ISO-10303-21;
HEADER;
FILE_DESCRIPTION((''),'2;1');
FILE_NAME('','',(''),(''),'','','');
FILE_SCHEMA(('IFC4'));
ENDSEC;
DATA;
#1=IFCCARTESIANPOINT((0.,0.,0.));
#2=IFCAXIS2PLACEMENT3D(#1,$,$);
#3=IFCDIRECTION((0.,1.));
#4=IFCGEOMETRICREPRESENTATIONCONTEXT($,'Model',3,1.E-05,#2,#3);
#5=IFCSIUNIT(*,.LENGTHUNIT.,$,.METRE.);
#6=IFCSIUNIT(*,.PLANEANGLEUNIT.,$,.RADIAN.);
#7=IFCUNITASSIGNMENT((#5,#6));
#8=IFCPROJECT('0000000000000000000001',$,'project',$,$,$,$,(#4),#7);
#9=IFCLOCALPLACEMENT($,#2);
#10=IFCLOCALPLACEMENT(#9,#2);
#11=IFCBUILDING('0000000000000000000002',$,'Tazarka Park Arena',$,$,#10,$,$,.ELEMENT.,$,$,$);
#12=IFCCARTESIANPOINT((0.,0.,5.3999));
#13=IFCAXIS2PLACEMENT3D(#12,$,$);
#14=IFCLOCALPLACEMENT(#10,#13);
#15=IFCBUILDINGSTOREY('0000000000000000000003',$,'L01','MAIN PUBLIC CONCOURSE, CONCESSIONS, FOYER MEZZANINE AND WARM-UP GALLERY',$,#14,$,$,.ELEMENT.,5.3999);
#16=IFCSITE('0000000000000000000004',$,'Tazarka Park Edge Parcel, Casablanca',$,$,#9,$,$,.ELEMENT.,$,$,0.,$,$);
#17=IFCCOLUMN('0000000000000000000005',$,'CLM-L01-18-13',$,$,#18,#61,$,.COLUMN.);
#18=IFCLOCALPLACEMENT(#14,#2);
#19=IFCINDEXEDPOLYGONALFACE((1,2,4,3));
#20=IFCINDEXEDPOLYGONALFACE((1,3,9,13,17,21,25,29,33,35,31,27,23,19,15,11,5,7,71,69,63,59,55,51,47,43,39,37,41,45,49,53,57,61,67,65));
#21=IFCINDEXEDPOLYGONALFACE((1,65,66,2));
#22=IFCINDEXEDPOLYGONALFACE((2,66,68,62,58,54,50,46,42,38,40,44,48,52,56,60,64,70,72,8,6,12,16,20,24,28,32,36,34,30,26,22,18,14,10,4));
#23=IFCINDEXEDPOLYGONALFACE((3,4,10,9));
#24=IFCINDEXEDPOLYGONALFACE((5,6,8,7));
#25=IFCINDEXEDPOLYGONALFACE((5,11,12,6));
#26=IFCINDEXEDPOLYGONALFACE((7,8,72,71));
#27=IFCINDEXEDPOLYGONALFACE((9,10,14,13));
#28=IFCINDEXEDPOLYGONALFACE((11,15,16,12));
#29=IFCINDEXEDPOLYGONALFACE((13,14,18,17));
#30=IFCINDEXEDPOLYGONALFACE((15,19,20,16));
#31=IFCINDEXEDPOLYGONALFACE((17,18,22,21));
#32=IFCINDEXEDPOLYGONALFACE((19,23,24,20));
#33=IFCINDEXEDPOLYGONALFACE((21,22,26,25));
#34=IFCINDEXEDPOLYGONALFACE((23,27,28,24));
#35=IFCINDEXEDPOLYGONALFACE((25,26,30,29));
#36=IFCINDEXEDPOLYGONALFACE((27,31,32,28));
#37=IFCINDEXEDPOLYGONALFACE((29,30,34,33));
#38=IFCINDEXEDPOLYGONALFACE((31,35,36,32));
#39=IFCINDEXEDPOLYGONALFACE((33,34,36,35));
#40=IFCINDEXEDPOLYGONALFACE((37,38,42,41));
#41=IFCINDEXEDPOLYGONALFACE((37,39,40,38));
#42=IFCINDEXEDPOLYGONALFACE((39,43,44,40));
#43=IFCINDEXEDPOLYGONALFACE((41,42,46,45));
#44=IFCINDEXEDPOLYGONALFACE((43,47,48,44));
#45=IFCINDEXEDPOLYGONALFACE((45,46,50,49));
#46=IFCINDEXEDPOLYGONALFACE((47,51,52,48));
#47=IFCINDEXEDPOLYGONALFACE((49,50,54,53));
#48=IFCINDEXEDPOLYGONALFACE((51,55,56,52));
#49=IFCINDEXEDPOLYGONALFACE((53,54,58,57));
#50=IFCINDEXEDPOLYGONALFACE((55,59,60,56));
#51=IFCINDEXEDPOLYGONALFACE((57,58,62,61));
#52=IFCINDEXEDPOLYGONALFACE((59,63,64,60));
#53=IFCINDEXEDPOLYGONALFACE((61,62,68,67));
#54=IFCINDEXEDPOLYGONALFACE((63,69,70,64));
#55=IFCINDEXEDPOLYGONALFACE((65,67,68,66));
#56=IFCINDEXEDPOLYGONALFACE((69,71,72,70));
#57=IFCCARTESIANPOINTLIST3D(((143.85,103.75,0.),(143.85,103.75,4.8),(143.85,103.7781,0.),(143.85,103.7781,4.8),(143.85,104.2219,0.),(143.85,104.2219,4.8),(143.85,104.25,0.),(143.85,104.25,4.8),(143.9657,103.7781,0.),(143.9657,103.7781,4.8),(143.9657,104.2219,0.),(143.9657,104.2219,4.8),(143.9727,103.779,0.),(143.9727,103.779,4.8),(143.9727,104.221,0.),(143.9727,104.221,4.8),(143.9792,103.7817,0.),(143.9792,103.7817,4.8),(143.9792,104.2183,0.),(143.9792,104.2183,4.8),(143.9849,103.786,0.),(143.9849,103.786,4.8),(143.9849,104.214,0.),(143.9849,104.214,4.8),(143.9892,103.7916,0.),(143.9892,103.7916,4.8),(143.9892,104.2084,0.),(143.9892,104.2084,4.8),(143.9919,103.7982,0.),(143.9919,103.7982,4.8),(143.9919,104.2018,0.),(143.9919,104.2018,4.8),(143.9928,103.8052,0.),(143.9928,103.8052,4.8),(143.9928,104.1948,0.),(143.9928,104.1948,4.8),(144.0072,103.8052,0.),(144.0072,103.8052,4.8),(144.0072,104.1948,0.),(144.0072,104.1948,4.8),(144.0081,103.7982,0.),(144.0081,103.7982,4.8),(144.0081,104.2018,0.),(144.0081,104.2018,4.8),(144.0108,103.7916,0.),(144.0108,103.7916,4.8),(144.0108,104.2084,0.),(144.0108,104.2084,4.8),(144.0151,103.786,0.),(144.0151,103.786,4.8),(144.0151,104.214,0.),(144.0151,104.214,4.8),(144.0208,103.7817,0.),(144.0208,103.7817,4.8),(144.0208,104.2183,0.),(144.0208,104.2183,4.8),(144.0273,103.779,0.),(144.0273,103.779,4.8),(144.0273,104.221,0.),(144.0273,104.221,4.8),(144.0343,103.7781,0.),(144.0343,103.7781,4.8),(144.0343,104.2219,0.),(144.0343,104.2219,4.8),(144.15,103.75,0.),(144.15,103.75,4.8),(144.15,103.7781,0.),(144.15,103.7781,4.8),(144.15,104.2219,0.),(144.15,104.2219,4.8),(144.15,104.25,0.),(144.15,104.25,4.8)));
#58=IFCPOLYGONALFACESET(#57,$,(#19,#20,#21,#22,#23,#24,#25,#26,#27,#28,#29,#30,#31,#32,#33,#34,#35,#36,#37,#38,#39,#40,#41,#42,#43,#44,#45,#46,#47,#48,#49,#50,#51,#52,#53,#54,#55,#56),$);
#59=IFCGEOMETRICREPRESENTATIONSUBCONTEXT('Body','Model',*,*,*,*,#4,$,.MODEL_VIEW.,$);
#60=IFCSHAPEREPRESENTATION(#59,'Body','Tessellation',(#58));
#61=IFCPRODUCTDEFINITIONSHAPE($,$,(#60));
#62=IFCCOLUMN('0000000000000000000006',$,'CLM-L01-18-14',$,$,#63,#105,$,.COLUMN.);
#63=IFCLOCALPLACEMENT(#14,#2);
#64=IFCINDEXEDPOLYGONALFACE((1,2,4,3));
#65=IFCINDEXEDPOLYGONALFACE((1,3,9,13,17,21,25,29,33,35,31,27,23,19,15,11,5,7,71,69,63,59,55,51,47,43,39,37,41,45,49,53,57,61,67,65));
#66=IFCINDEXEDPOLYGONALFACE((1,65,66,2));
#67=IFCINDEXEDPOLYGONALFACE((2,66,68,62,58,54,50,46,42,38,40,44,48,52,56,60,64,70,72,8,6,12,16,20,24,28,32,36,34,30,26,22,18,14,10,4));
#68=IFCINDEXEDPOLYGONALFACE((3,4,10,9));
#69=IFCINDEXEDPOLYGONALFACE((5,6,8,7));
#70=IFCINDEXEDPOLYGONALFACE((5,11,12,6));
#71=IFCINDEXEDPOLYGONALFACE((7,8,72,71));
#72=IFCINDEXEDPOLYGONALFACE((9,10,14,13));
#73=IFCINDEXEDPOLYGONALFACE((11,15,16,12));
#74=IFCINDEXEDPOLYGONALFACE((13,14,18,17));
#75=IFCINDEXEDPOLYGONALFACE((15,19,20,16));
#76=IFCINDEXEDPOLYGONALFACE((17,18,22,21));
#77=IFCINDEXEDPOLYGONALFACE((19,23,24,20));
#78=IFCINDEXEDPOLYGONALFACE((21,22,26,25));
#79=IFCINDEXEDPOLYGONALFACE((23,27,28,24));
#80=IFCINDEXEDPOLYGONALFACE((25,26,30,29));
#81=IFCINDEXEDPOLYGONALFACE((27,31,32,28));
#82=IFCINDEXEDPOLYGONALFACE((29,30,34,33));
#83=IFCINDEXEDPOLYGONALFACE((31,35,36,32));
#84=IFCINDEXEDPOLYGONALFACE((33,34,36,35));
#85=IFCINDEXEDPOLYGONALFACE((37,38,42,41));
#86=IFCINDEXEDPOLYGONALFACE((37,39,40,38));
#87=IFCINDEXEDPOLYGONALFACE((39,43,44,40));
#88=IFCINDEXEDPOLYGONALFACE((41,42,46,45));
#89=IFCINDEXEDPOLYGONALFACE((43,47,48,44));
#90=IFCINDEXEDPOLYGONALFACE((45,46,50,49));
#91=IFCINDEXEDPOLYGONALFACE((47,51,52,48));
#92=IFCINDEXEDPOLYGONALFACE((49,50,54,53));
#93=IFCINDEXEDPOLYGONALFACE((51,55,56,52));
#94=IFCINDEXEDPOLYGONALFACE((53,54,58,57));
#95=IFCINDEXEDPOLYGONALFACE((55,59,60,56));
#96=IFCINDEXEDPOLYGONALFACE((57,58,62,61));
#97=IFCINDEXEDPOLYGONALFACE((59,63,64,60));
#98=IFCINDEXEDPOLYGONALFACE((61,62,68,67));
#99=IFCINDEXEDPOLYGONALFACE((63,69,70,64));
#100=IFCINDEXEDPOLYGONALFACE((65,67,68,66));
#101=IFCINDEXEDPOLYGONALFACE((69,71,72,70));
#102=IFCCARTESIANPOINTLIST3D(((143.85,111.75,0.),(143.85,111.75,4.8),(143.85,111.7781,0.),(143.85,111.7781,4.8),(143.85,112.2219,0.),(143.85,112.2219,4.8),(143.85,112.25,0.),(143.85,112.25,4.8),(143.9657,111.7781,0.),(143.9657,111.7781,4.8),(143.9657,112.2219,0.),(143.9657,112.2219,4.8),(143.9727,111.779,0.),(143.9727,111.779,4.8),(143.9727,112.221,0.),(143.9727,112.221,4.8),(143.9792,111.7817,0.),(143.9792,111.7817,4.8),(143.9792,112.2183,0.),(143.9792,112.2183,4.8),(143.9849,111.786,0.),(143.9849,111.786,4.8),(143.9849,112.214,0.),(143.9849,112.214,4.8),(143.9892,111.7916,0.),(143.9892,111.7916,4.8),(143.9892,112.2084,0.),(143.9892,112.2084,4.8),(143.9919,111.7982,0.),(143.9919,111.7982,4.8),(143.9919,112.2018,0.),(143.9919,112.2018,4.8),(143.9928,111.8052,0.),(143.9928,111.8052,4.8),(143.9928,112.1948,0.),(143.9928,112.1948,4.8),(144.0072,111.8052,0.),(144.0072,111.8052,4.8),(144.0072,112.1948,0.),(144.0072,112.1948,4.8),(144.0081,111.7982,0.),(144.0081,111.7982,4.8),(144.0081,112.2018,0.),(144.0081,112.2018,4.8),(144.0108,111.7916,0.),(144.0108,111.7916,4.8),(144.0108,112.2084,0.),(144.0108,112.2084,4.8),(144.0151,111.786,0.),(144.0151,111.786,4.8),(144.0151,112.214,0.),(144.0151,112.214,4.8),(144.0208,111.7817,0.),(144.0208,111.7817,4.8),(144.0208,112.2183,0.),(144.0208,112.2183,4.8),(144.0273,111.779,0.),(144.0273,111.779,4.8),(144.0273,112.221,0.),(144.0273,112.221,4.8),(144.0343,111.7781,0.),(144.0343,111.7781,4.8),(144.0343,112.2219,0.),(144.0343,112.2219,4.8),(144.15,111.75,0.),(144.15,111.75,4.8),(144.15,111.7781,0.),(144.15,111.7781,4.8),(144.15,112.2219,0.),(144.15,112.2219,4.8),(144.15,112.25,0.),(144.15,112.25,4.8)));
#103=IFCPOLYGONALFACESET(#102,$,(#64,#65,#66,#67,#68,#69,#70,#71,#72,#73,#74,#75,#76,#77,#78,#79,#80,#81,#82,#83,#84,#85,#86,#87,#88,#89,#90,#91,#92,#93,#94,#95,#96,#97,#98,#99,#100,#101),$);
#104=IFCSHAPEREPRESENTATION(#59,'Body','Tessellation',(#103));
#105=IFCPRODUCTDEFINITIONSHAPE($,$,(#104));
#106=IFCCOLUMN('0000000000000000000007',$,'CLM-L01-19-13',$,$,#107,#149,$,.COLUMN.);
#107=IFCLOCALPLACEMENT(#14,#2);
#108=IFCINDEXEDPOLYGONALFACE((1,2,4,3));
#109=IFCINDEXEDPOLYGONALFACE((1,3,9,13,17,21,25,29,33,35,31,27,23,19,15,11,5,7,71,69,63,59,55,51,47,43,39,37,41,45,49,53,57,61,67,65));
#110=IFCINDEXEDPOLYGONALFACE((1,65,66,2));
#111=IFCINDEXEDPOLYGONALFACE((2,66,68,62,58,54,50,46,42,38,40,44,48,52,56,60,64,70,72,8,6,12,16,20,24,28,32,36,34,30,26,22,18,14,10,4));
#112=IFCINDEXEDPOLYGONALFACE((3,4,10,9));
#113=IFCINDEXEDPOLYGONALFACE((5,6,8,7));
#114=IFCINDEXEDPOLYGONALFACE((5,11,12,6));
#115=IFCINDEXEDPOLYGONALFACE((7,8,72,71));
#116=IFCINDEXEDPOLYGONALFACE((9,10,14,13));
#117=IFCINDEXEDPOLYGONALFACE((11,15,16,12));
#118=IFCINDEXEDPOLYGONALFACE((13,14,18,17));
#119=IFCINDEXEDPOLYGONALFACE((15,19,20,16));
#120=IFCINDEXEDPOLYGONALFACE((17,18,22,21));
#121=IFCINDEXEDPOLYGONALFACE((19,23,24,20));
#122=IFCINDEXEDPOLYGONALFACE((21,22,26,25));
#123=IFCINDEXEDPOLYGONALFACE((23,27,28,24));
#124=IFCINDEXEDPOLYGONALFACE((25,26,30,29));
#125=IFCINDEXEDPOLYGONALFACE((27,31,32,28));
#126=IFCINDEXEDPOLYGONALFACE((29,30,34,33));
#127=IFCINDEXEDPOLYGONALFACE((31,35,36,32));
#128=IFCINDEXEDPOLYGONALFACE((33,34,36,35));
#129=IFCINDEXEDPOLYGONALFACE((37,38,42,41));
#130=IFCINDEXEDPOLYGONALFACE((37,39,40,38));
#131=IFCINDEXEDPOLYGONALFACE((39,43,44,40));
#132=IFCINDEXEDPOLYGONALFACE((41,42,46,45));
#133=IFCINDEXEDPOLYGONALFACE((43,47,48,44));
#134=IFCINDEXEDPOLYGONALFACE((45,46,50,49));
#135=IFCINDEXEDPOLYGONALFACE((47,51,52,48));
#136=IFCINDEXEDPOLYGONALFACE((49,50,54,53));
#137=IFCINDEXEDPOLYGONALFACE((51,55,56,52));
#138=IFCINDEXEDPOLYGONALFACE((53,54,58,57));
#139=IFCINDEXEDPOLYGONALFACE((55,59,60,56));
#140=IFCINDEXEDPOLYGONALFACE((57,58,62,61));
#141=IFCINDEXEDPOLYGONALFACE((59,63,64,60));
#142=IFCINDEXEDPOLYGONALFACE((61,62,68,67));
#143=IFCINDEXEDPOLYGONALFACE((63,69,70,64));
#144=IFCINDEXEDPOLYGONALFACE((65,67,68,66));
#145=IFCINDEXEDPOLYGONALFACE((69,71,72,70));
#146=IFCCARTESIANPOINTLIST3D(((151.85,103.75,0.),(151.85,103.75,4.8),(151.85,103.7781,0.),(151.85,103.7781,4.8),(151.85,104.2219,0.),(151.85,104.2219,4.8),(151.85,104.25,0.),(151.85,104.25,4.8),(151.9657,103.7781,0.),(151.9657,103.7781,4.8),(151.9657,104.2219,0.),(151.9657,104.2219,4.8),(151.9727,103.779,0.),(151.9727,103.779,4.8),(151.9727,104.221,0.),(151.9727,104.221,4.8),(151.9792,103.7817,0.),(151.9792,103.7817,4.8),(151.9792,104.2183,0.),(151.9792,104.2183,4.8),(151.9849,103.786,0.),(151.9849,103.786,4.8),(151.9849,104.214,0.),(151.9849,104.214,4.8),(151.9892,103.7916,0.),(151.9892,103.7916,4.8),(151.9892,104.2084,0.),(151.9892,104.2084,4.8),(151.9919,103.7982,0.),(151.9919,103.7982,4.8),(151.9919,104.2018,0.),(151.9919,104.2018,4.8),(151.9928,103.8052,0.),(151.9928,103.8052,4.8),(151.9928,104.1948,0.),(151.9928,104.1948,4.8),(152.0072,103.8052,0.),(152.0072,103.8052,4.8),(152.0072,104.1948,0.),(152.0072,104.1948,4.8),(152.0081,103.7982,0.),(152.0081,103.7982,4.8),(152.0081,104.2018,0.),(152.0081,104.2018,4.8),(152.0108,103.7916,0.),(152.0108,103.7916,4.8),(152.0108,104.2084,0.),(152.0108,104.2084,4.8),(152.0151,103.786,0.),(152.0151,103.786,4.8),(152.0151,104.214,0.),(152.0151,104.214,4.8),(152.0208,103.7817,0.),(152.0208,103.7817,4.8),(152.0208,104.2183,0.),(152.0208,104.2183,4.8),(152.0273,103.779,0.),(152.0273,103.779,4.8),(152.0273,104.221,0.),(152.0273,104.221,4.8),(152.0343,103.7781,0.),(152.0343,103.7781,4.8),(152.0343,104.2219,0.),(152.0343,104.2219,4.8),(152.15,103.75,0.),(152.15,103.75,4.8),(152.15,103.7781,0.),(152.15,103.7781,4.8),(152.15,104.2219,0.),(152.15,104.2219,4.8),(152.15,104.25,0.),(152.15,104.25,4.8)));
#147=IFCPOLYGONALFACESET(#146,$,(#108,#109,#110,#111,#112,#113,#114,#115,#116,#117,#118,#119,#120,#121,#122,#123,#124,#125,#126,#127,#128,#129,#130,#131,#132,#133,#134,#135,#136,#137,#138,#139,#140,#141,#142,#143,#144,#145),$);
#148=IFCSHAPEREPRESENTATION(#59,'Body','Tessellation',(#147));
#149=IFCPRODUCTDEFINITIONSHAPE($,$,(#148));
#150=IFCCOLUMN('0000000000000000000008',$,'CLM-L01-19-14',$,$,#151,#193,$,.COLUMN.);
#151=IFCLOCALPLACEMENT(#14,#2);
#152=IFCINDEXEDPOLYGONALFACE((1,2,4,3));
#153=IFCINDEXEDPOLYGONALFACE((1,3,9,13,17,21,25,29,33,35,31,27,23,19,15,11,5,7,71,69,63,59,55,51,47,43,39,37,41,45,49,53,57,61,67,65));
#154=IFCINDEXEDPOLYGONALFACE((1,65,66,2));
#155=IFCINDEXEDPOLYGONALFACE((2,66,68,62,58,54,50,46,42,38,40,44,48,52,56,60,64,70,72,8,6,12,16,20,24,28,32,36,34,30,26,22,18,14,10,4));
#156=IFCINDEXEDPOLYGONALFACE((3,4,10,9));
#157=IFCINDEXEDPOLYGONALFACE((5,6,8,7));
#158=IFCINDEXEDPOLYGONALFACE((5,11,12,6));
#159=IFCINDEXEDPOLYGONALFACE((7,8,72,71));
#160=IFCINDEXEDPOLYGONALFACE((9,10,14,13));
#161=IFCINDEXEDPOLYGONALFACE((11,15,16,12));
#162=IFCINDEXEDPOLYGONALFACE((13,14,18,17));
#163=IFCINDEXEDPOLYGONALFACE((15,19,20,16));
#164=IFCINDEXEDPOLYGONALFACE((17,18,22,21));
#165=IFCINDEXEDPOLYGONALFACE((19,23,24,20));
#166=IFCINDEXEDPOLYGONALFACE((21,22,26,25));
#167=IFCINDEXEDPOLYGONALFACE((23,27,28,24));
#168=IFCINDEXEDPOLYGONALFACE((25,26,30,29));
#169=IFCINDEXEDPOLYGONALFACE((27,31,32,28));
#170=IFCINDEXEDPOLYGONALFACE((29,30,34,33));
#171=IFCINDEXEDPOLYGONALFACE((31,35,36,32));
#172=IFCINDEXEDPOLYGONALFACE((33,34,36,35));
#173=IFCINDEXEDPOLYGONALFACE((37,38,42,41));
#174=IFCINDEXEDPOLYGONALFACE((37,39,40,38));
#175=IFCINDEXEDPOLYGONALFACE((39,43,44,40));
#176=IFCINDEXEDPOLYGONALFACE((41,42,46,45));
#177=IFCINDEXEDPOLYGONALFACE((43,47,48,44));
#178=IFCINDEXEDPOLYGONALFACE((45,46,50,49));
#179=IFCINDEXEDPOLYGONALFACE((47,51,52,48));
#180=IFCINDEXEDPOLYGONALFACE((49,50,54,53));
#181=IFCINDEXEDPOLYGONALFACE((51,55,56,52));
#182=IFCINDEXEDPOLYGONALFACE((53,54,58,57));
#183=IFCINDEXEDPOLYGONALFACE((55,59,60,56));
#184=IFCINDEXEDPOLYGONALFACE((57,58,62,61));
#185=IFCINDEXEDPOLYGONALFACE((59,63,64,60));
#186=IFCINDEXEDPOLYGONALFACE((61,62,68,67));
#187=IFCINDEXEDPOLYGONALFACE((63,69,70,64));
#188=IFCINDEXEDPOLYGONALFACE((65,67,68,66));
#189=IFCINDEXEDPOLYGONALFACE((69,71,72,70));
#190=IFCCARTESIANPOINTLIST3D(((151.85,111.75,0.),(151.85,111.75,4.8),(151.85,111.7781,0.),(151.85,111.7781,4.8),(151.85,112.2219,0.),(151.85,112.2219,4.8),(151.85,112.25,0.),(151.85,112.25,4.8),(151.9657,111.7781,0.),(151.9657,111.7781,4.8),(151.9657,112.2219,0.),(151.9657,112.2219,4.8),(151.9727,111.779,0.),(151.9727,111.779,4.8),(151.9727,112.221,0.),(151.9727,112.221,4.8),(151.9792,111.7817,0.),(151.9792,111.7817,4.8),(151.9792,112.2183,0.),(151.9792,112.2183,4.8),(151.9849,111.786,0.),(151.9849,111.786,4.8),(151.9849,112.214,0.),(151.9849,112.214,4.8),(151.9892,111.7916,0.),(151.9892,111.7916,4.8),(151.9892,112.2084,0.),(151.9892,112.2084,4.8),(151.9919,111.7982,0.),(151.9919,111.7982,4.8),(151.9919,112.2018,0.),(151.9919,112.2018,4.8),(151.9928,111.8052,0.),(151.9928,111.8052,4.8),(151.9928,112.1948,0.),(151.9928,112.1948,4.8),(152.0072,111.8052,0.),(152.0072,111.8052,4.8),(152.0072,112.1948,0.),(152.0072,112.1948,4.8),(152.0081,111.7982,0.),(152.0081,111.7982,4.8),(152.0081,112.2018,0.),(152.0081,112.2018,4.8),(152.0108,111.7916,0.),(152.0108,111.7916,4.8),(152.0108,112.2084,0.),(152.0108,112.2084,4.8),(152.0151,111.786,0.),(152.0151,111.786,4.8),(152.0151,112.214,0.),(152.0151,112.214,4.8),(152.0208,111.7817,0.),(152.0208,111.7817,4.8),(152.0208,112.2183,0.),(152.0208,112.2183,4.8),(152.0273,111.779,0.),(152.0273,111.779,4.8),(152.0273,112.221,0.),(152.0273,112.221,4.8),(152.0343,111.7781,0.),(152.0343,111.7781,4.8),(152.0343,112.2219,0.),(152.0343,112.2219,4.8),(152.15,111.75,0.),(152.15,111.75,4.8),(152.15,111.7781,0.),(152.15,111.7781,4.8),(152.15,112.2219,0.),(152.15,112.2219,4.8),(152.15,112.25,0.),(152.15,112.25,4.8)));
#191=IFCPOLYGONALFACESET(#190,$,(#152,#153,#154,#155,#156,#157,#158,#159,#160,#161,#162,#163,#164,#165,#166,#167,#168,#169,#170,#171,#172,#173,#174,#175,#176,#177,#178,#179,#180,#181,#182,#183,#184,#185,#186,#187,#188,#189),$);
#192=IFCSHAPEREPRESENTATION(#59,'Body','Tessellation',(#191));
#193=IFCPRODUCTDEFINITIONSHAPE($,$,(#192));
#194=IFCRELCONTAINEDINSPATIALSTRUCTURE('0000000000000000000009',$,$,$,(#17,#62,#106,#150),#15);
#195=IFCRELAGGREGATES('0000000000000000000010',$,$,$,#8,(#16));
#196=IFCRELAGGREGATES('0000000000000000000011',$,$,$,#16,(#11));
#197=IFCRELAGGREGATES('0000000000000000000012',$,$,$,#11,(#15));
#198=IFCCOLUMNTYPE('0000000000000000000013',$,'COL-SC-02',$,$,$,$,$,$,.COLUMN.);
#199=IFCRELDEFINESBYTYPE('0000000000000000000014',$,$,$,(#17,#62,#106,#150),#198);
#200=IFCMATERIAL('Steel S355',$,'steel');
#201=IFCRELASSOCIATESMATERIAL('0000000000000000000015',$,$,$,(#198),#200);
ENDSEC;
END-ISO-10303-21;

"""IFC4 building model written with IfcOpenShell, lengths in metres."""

from ifc_helpers import new_model, si_unit, direction, frame, origin, origin_2d, place, context, subcontext, project, spatial, i_section, extrude, material, material_profile, profile_set, type_object, element, save


model = new_model("IFC4")

# Units and contexts
model_context = context("Model", 3, precision=1e-05, world=origin(), true_north=direction((0.0, 1.0)))
body_context = subcontext(model_context, "Body", "Model", "MODEL_VIEW")
ifc_project = project(units=[si_unit("LENGTHUNIT", "METRE"), si_unit("PLANEANGLEUNIT", "RADIAN")], contexts=[model_context])

# Site, building, storey
site_placement = place(None, origin())
site = spatial("IfcSite", under=ifc_project, at=site_placement, Name="Tazarka Park Edge Parcel, Casablanca", CompositionType="ELEMENT", RefElevation=0.0)
building_placement = place(site_placement, origin())
building = spatial("IfcBuilding", under=site, at=building_placement, Name="Tazarka Park Arena", CompositionType="ELEMENT")
storey_placement = place(building_placement, frame((0.0, 0.0, 5.3999)))
storey = spatial("IfcBuildingStorey", under=building, at=storey_placement, Name="L01", Description="MAIN PUBLIC CONCOURSE, CONCESSIONS, FOYER MEZZANINE AND WARM-UP GALLERY", CompositionType="ELEMENT", Elevation=5.3999)

# Columns
ifc_material_1 = material(Name="Steel S355", Category="steel")
ifc_material_profile_1 = material_profile(ifc_material_1, i_section(OverallWidth=0.3, OverallDepth=0.5, WebThickness=0.0144, FlangeThickness=0.0281, FilletRadius=0.0271, at=origin_2d()), Name="Steel S355")
ifc_profile_set_1 = profile_set([ifc_material_profile_1], Name="Steel S355")
column_type = type_object("IfcColumnType", Name="COL-SC-02", PredefinedType="COLUMN", material=ifc_profile_set_1)
for number, where, z_axis, x_axis, name in (
    (1, (144.0, 104.0, 0.0), (0.0, 0.0, 1.0), (1.0, 0.0, 0.0), "CLM-L01-18-13"),
    (2, (144.0, 112.0, 0.0), (0.0, 0.0, 1.0), (1.0, 0.0, 0.0), "CLM-L01-18-14"),
    (3, (152.0, 104.0, 0.0), (0.0, 0.0, 1.0), (1.0, 0.0, 0.0), "CLM-L01-19-13"),
    (4, (152.0, 112.0, 0.0), (0.0, 0.0, 1.0), (1.0, 0.0, 0.0), "CLM-L01-19-14"),
):
    element("IfcColumn", number, at=place(storey_placement, frame(where, z_axis=z_axis, x_axis=x_axis)), inside=storey, type_object=column_type, Name=name, PredefinedType="COLUMN", context=body_context, shape_type="SweptSolid", body=[
        extrude(i_section(OverallWidth=0.3, OverallDepth=0.5, WebThickness=0.0144, FlangeThickness=0.0281, FilletRadius=0.0271, at=origin_2d()), origin(), (0.0, 0.0, 1.0), 4.8),
    ])

save(model, "model.ifc")
